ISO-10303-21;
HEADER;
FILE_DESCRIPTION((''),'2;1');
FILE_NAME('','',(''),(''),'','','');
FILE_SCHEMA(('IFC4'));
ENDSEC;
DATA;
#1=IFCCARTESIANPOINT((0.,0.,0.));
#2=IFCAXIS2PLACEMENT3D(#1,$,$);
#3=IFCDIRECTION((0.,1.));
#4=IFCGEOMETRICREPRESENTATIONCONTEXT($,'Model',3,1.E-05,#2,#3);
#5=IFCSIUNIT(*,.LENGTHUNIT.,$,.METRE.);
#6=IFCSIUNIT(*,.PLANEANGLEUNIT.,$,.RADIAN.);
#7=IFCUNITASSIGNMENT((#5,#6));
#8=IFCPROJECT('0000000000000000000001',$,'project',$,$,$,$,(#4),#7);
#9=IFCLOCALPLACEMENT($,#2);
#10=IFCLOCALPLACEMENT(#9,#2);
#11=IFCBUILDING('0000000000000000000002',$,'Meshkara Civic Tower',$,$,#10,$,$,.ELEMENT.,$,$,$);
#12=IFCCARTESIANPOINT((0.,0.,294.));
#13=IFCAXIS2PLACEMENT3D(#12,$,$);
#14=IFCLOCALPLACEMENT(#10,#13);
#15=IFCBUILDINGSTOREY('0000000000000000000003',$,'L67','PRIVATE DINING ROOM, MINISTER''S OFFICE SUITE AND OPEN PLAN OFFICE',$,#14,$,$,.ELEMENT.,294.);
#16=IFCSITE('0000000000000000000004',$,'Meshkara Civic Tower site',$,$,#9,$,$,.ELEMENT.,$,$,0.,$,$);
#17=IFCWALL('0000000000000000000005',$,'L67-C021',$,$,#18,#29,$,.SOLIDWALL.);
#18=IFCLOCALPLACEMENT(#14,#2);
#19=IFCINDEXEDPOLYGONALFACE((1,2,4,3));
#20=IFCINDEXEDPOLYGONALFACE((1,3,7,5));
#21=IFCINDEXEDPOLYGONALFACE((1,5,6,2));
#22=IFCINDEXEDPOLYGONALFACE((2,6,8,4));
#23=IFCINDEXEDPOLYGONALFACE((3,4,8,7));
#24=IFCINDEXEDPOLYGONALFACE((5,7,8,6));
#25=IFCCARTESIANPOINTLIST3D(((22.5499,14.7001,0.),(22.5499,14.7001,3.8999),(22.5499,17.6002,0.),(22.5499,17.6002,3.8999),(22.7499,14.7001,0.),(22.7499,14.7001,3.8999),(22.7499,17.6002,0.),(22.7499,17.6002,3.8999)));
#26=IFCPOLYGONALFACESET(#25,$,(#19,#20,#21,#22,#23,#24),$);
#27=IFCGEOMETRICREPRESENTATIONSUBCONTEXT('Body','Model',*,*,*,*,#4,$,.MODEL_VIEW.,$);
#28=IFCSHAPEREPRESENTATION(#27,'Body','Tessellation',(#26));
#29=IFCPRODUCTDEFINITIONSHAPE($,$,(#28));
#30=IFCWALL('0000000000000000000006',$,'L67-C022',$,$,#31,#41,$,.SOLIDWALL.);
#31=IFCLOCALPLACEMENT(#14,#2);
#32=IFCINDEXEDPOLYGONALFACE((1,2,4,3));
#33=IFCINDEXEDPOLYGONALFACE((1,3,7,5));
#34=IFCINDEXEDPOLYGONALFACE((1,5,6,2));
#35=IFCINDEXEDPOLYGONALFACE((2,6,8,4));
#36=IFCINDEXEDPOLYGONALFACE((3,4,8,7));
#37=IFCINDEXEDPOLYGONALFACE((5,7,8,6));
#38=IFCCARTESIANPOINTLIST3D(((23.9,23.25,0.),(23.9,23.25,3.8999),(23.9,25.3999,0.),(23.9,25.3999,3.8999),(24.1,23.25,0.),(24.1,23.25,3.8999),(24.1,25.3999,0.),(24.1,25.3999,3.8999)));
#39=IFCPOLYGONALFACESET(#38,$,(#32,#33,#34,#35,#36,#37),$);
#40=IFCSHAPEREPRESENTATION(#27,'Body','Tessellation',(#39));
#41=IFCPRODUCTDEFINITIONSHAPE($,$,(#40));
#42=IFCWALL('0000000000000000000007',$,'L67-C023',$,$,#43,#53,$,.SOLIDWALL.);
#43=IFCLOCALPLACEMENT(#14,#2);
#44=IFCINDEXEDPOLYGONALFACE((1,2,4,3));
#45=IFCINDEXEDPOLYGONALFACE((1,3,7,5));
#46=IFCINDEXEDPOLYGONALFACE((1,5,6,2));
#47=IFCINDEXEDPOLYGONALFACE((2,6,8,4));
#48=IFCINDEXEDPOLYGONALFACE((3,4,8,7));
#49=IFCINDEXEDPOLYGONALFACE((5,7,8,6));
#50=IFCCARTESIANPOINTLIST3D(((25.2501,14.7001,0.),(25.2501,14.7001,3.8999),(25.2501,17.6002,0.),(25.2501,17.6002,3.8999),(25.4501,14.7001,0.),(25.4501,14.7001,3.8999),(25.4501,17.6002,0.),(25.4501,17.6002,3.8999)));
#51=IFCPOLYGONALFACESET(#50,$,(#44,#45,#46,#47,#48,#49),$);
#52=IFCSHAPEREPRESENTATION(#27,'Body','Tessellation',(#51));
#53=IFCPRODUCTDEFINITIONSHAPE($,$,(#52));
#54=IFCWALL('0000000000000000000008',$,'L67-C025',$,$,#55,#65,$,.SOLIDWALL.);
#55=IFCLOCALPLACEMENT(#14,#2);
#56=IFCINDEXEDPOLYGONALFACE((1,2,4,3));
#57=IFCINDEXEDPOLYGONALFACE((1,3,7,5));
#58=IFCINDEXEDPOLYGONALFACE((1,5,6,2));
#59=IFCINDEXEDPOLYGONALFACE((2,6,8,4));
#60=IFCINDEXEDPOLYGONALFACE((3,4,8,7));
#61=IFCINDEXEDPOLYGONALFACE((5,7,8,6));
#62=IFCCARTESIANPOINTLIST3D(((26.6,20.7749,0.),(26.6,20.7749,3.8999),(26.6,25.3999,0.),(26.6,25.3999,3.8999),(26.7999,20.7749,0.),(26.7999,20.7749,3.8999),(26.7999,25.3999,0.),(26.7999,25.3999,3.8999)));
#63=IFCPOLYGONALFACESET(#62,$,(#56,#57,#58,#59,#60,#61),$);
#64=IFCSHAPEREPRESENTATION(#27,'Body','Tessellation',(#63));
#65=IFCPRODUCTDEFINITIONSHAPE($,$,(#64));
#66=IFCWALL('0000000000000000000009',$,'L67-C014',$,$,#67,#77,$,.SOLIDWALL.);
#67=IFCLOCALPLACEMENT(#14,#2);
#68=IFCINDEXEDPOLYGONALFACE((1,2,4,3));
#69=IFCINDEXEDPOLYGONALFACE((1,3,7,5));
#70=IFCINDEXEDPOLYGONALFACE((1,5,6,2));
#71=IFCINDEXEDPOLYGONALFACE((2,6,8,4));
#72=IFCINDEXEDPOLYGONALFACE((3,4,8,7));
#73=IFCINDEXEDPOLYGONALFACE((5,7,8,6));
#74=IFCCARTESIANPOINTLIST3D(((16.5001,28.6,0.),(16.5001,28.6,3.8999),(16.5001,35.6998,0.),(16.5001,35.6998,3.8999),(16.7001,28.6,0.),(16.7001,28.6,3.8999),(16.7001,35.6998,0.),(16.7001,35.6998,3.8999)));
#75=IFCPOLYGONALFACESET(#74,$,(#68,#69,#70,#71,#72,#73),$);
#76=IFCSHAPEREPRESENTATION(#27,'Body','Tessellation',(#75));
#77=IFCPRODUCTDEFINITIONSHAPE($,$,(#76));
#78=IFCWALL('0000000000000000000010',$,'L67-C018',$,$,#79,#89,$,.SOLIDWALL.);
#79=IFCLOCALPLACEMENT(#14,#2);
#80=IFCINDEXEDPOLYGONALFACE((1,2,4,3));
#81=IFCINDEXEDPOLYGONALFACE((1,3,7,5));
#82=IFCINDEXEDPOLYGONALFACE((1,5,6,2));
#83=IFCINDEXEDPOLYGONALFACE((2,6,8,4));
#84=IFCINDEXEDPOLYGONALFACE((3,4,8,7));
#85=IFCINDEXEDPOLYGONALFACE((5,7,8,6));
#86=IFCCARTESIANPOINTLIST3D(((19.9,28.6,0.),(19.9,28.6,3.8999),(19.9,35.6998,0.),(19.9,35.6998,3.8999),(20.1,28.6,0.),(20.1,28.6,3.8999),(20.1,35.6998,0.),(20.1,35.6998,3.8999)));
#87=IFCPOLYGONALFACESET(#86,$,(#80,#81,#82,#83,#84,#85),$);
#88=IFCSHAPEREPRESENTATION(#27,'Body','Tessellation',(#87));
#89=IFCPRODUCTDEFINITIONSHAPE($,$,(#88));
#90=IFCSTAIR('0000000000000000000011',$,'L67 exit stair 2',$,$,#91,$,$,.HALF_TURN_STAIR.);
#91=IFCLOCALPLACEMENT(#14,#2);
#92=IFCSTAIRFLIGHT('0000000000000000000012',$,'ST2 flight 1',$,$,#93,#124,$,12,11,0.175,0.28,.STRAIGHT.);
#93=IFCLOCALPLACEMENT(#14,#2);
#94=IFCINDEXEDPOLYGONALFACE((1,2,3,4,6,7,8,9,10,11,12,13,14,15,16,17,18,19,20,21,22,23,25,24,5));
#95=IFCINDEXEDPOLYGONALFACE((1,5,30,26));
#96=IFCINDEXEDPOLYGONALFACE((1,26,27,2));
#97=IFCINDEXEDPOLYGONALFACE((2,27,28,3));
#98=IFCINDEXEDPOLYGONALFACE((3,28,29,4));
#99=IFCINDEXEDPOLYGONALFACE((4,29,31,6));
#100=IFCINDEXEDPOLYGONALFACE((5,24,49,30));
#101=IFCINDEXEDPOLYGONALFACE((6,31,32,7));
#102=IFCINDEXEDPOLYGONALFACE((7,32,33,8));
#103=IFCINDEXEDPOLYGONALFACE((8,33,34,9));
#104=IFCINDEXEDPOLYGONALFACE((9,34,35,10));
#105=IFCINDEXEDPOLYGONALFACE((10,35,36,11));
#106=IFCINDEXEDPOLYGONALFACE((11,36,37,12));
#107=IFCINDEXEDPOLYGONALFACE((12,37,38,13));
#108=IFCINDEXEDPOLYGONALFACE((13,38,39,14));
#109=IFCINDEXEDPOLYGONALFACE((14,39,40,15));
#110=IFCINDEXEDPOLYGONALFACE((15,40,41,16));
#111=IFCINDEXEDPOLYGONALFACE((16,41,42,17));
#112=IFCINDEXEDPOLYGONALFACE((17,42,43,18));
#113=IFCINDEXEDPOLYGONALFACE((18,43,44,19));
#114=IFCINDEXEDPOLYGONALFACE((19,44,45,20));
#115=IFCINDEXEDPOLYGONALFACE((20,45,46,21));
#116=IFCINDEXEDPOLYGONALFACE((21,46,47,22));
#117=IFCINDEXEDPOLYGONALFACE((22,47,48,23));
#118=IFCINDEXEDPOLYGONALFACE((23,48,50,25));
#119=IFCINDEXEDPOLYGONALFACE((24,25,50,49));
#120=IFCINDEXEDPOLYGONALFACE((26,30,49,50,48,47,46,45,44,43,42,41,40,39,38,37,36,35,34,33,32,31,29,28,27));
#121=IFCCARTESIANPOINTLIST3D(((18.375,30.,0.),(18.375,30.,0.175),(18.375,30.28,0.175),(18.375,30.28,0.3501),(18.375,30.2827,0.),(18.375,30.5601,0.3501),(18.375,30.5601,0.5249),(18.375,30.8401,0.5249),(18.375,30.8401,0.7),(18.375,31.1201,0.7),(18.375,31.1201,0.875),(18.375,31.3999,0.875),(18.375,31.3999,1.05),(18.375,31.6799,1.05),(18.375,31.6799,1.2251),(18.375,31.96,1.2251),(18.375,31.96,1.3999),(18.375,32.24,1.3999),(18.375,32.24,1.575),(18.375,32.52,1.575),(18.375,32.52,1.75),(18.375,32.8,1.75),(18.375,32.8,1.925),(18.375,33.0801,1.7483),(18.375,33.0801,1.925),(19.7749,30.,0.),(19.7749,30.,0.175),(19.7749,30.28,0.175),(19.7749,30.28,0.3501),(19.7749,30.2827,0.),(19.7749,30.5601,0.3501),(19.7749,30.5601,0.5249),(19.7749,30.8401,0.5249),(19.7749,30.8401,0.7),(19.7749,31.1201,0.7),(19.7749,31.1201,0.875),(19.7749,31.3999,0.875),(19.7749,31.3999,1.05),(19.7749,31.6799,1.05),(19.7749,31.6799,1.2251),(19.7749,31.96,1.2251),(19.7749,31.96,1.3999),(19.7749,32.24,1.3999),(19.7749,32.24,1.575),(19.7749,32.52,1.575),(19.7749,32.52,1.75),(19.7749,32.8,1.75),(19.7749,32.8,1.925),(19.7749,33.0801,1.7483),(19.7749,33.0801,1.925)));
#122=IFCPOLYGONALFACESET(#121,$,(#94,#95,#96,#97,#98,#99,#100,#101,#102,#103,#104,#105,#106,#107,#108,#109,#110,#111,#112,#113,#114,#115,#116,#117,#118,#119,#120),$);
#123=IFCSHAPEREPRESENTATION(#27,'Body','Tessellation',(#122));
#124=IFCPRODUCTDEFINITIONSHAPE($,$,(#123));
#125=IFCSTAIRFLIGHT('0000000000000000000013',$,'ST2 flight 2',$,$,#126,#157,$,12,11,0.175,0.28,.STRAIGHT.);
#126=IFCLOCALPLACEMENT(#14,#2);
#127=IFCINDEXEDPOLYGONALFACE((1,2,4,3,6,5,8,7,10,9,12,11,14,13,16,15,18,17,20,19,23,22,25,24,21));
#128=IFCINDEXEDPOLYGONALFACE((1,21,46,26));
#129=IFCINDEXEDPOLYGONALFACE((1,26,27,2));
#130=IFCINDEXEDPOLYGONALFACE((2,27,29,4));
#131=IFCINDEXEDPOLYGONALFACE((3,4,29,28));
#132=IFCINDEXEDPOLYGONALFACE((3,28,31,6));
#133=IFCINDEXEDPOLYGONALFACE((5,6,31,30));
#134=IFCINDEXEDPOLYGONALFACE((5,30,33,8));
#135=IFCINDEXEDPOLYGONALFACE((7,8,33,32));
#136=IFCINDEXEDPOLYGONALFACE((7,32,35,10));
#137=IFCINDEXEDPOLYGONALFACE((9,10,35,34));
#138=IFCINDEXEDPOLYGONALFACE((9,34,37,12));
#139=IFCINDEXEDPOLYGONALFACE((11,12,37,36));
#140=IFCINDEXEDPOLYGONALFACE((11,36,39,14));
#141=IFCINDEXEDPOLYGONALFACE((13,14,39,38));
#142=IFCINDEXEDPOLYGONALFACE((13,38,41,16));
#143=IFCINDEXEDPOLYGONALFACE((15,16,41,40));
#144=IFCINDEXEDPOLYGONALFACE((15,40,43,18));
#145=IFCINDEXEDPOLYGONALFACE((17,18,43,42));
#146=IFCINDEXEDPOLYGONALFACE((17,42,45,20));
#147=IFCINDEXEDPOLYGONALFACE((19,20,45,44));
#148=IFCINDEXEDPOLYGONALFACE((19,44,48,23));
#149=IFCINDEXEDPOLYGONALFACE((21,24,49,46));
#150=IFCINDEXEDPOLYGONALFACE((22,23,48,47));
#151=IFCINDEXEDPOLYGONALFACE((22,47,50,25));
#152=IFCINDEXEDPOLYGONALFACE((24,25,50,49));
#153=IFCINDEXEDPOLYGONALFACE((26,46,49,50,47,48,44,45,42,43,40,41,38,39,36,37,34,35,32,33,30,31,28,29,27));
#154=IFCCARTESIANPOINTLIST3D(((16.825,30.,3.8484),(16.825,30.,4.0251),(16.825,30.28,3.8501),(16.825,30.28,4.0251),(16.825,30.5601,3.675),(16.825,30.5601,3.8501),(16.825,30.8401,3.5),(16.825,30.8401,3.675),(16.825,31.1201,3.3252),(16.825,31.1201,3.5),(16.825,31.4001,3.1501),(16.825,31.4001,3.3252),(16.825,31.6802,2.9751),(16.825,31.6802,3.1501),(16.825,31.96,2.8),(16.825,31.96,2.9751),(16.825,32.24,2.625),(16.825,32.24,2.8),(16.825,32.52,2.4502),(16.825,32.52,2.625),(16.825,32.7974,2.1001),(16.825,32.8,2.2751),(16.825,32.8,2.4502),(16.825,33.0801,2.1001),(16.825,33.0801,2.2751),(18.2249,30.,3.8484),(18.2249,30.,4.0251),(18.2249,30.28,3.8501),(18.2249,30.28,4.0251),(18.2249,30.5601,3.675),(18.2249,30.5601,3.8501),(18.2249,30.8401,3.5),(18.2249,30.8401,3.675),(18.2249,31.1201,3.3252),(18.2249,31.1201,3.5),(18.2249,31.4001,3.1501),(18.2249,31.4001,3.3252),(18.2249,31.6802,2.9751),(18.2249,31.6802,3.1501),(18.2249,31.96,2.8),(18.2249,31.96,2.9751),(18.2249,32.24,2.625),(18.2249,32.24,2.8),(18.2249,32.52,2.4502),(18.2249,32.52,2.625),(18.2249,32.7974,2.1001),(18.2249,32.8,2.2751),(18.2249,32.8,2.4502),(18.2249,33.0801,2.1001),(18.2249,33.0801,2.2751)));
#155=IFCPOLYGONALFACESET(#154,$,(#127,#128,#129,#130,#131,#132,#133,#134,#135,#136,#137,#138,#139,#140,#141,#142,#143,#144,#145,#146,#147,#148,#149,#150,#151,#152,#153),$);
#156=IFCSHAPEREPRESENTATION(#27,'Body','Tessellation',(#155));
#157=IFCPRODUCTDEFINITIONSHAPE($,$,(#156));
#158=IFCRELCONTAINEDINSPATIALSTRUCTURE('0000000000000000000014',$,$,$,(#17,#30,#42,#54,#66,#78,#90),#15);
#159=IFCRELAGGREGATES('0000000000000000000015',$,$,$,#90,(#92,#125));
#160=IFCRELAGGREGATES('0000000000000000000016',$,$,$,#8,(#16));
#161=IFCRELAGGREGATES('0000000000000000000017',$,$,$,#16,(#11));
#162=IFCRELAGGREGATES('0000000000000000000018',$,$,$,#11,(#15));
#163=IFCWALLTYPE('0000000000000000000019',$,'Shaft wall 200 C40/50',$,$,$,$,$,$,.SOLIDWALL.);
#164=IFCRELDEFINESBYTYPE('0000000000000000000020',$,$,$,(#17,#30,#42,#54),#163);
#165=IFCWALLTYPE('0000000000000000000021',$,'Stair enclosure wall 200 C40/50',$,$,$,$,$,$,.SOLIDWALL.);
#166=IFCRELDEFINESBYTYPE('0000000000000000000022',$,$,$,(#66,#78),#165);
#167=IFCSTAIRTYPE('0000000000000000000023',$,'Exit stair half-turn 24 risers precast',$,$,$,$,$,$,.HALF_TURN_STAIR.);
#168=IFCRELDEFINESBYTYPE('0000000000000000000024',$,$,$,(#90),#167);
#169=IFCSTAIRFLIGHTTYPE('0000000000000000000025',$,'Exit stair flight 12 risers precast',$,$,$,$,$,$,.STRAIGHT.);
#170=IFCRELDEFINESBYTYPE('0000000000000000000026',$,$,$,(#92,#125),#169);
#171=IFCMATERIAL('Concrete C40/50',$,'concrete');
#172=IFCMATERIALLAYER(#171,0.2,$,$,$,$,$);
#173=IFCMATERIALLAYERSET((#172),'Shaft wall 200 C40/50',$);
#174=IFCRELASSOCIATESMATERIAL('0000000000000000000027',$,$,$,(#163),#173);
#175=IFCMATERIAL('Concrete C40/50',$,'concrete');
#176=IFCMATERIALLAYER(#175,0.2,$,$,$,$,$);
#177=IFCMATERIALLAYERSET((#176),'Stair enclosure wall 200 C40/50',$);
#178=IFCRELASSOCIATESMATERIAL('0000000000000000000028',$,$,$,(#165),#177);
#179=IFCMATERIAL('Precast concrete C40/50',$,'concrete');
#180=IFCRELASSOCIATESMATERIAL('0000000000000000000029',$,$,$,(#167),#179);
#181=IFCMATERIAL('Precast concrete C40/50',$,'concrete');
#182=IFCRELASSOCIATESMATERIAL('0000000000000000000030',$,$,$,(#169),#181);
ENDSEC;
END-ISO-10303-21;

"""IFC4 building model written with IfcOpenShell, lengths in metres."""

from ifc_helpers import new_model, si_unit, direction, frame, frame_2d, origin, place, context, subcontext, project, spatial, polyline, rectangle, outline, extrude, material, layer, layer_set, type_object, element, aggregate, save


model = new_model("IFC4")

# Units and contexts
model_context = context("Model", 3, precision=1e-05, world=origin(), true_north=direction((0.0, 1.0)))
body_context = subcontext(model_context, "Body", "Model", "MODEL_VIEW")
ifc_project = project(units=[si_unit("LENGTHUNIT", "METRE"), si_unit("PLANEANGLEUNIT", "RADIAN")], contexts=[model_context])

# Site, building, storey
site_placement = place(None, origin())
site = spatial("IfcSite", under=ifc_project, at=site_placement, Name="Meshkara Civic Tower site", CompositionType="ELEMENT", RefElevation=0.0)
building_placement = place(site_placement, origin())
building = spatial("IfcBuilding", under=site, at=building_placement, Name="Meshkara Civic Tower", CompositionType="ELEMENT")
storey_placement = place(building_placement, frame((0.0, 0.0, 294.0)))
storey = spatial("IfcBuildingStorey", under=building, at=storey_placement, Name="L67", Description="PRIVATE DINING ROOM, MINISTER'S OFFICE SUITE AND OPEN PLAN OFFICE", CompositionType="ELEMENT", Elevation=294.0)

# Shared definitions
ifc_material_1 = material(Name="Concrete C40/50", Category="concrete")
ifc_layer_1 = layer(ifc_material_1, 0.2)
ifc_layer_set_1 = layer_set([ifc_layer_1], Name="Shaft wall 200 C40/50")
wall_type_1 = type_object("IfcWallType", Name="Shaft wall 200 C40/50", PredefinedType="SOLIDWALL", material=ifc_layer_set_1)

# Walls
wall_1_placement = place(storey_placement, frame((22.6499, 14.7, 0.0), z_axis=(0.0, 0.0, 1.0), x_axis=(0.0, 1.0, 0.0)))
element("IfcWall", 1, at=wall_1_placement, inside=storey, type_object=wall_type_1, Name="L67-C021", PredefinedType="SOLIDWALL", context=body_context, shape_type="SweptSolid", body=[
    extrude(rectangle(XDim=2.9001, YDim=0.2, at=frame_2d((1.4502, 0.0))), origin(), (0.0, 0.0, 1.0), 3.8999),
])
wall_2_placement = place(storey_placement, frame((24.0, 23.25, 0.0), z_axis=(0.0, 0.0, 1.0), x_axis=(0.0, 1.0, 0.0)))
element("IfcWall", 2, at=wall_2_placement, inside=storey, type_object=wall_type_1, Name="L67-C022", PredefinedType="SOLIDWALL", context=body_context, shape_type="SweptSolid", body=[
    extrude(rectangle(XDim=2.1499, YDim=0.2, at=frame_2d((1.075, 0.0))), origin(), (0.0, 0.0, 1.0), 3.8999),
])
wall_3_placement = place(storey_placement, frame((25.3501, 14.7, 0.0), z_axis=(0.0, 0.0, 1.0), x_axis=(0.0, 1.0, 0.0)))
element("IfcWall", 3, at=wall_3_placement, inside=storey, type_object=wall_type_1, Name="L67-C023", PredefinedType="SOLIDWALL", context=body_context, shape_type="SweptSolid", body=[
    extrude(rectangle(XDim=2.9001, YDim=0.2, at=frame_2d((1.4502, 0.0))), origin(), (0.0, 0.0, 1.0), 3.8999),
])
wall_4_placement = place(storey_placement, frame((26.7, 20.7749, 0.0), z_axis=(0.0, 0.0, 1.0), x_axis=(0.0, 1.0, 0.0)))
element("IfcWall", 4, at=wall_4_placement, inside=storey, type_object=wall_type_1, Name="L67-C025", PredefinedType="SOLIDWALL", context=body_context, shape_type="SweptSolid", body=[
    extrude(rectangle(XDim=4.625, YDim=0.2, at=frame_2d((2.3125, 0.0))), origin(), (0.0, 0.0, 1.0), 3.8999),
])
ifc_material_2 = material(Name="Concrete C40/50", Category="concrete")
ifc_layer_2 = layer(ifc_material_2, 0.2)
ifc_layer_set_2 = layer_set([ifc_layer_2], Name="Stair enclosure wall 200 C40/50")
wall_type_2 = type_object("IfcWallType", Name="Stair enclosure wall 200 C40/50", PredefinedType="SOLIDWALL", material=ifc_layer_set_2)
for number, where, z_axis, x_axis, name in (
    (5, (16.6001, 28.6001, 0.0), (0.0, 0.0, 1.0), (0.0, 1.0, 0.0), "L67-C014"),
    (6, (20.0, 28.6001, 0.0), (0.0, 0.0, 1.0), (0.0, 1.0, 0.0), "L67-C018"),
):
    element("IfcWall", number, at=place(storey_placement, frame(where, z_axis=z_axis, x_axis=x_axis)), inside=storey, type_object=wall_type_2, Name=name, PredefinedType="SOLIDWALL", context=body_context, shape_type="SweptSolid", body=[
        extrude(rectangle(XDim=7.0999, YDim=0.2, at=frame_2d((3.5498, 0.0))), origin(), (0.0, 0.0, 1.0), 3.8999),
    ])

# Stair, stair flights
ifc_material_3 = material(Name="Precast concrete C40/50", Category="concrete")
stair_type = type_object("IfcStairType", Name="Exit stair half-turn 24 risers precast", PredefinedType="HALF_TURN_STAIR", material=ifc_material_3)
stair_placement = place(storey_placement, origin())
stair = element("IfcStair", 7, at=stair_placement, inside=storey, type_object=stair_type, Name="L67 exit stair 2", PredefinedType="HALF_TURN_STAIR")
ifc_material_4 = material(Name="Precast concrete C40/50", Category="concrete")
stair_flight_type = type_object("IfcStairFlightType", Name="Exit stair flight 12 risers precast", PredefinedType="STRAIGHT", material=ifc_material_4)
stair_flight_1_placement = place(storey_placement, frame((19.075, 30.0, 0.0), z_axis=(0.0, 0.0, 1.0), x_axis=(0.0, 1.0, 0.0)))
stair_flight_1 = element("IfcStairFlight", 8, at=stair_flight_1_placement, type_object=stair_flight_type, Name="ST2 flight 1", NumberOfRisers=12, NumberOfTreads=11, PredefinedType="STRAIGHT", RiserHeight=0.175, TreadLength=0.28, context=body_context, shape_type="SweptSolid", body=[
    extrude(outline(polyline([(0.0, 0.0), (0.0, 0.175), (0.28, 0.175), (0.28, 0.3501), (0.5601, 0.3501), (0.5601, 0.5249), (0.8401, 0.5249), (0.8401, 0.7), (1.1201, 0.7), (1.1201, 0.875), (1.3999, 0.875), (1.3999, 1.05), (1.6799, 1.05), (1.6799, 1.2251), (1.96, 1.2251), (1.96, 1.3999), (2.24, 1.3999), (2.24, 1.575), (2.52, 1.575), (2.52, 1.75), (2.8, 1.75), (2.8, 1.925), (3.0801, 1.925), (3.0801, 2.1001), (3.0801, 1.7483), (0.2827, 0.0), (0.0, 0.0)])), frame((0.0, 0.7, 0.0), z_axis=(0.0, -1.0, 0.0), x_axis=(1.0, 0.0, 0.0)), (0.0, 0.0, 1.0), 1.3999),
])
stair_flight_2_placement = place(storey_placement, frame((17.5249, 33.0801, 2.1001), z_axis=(0.0, 0.0, 1.0), x_axis=(0.0, -1.0, 0.0)))
stair_flight_2 = element("IfcStairFlight", 9, at=stair_flight_2_placement, type_object=stair_flight_type, Name="ST2 flight 2", NumberOfRisers=12, NumberOfTreads=11, PredefinedType="STRAIGHT", RiserHeight=0.175, TreadLength=0.28, context=body_context, shape_type="SweptSolid", body=[
    extrude(outline(polyline([(0.0, 0.0), (0.0, 0.175), (0.28, 0.175), (0.28, 0.3501), (0.5601, 0.3501), (0.5601, 0.5249), (0.8401, 0.5249), (0.8401, 0.7), (1.1201, 0.7), (1.1201, 0.875), (1.3999, 0.875), (1.3999, 1.05), (1.6799, 1.05), (1.6799, 1.2251), (1.96, 1.2251), (1.96, 1.3999), (2.24, 1.3999), (2.24, 1.575), (2.52, 1.575), (2.52, 1.75), (2.8, 1.75), (2.8, 1.925), (3.0801, 1.925), (3.0801, 2.1001), (3.0801, 1.7483), (0.2827, 0.0), (0.0, 0.0)])), frame((0.0, 0.7, 0.0), z_axis=(0.0, -1.0, 0.0), x_axis=(1.0, 0.0, 0.0)), (0.0, 0.0, 1.0), 1.3999),
])
aggregate(stair, [stair_flight_1, stair_flight_2])

save(model, "model.ifc")
